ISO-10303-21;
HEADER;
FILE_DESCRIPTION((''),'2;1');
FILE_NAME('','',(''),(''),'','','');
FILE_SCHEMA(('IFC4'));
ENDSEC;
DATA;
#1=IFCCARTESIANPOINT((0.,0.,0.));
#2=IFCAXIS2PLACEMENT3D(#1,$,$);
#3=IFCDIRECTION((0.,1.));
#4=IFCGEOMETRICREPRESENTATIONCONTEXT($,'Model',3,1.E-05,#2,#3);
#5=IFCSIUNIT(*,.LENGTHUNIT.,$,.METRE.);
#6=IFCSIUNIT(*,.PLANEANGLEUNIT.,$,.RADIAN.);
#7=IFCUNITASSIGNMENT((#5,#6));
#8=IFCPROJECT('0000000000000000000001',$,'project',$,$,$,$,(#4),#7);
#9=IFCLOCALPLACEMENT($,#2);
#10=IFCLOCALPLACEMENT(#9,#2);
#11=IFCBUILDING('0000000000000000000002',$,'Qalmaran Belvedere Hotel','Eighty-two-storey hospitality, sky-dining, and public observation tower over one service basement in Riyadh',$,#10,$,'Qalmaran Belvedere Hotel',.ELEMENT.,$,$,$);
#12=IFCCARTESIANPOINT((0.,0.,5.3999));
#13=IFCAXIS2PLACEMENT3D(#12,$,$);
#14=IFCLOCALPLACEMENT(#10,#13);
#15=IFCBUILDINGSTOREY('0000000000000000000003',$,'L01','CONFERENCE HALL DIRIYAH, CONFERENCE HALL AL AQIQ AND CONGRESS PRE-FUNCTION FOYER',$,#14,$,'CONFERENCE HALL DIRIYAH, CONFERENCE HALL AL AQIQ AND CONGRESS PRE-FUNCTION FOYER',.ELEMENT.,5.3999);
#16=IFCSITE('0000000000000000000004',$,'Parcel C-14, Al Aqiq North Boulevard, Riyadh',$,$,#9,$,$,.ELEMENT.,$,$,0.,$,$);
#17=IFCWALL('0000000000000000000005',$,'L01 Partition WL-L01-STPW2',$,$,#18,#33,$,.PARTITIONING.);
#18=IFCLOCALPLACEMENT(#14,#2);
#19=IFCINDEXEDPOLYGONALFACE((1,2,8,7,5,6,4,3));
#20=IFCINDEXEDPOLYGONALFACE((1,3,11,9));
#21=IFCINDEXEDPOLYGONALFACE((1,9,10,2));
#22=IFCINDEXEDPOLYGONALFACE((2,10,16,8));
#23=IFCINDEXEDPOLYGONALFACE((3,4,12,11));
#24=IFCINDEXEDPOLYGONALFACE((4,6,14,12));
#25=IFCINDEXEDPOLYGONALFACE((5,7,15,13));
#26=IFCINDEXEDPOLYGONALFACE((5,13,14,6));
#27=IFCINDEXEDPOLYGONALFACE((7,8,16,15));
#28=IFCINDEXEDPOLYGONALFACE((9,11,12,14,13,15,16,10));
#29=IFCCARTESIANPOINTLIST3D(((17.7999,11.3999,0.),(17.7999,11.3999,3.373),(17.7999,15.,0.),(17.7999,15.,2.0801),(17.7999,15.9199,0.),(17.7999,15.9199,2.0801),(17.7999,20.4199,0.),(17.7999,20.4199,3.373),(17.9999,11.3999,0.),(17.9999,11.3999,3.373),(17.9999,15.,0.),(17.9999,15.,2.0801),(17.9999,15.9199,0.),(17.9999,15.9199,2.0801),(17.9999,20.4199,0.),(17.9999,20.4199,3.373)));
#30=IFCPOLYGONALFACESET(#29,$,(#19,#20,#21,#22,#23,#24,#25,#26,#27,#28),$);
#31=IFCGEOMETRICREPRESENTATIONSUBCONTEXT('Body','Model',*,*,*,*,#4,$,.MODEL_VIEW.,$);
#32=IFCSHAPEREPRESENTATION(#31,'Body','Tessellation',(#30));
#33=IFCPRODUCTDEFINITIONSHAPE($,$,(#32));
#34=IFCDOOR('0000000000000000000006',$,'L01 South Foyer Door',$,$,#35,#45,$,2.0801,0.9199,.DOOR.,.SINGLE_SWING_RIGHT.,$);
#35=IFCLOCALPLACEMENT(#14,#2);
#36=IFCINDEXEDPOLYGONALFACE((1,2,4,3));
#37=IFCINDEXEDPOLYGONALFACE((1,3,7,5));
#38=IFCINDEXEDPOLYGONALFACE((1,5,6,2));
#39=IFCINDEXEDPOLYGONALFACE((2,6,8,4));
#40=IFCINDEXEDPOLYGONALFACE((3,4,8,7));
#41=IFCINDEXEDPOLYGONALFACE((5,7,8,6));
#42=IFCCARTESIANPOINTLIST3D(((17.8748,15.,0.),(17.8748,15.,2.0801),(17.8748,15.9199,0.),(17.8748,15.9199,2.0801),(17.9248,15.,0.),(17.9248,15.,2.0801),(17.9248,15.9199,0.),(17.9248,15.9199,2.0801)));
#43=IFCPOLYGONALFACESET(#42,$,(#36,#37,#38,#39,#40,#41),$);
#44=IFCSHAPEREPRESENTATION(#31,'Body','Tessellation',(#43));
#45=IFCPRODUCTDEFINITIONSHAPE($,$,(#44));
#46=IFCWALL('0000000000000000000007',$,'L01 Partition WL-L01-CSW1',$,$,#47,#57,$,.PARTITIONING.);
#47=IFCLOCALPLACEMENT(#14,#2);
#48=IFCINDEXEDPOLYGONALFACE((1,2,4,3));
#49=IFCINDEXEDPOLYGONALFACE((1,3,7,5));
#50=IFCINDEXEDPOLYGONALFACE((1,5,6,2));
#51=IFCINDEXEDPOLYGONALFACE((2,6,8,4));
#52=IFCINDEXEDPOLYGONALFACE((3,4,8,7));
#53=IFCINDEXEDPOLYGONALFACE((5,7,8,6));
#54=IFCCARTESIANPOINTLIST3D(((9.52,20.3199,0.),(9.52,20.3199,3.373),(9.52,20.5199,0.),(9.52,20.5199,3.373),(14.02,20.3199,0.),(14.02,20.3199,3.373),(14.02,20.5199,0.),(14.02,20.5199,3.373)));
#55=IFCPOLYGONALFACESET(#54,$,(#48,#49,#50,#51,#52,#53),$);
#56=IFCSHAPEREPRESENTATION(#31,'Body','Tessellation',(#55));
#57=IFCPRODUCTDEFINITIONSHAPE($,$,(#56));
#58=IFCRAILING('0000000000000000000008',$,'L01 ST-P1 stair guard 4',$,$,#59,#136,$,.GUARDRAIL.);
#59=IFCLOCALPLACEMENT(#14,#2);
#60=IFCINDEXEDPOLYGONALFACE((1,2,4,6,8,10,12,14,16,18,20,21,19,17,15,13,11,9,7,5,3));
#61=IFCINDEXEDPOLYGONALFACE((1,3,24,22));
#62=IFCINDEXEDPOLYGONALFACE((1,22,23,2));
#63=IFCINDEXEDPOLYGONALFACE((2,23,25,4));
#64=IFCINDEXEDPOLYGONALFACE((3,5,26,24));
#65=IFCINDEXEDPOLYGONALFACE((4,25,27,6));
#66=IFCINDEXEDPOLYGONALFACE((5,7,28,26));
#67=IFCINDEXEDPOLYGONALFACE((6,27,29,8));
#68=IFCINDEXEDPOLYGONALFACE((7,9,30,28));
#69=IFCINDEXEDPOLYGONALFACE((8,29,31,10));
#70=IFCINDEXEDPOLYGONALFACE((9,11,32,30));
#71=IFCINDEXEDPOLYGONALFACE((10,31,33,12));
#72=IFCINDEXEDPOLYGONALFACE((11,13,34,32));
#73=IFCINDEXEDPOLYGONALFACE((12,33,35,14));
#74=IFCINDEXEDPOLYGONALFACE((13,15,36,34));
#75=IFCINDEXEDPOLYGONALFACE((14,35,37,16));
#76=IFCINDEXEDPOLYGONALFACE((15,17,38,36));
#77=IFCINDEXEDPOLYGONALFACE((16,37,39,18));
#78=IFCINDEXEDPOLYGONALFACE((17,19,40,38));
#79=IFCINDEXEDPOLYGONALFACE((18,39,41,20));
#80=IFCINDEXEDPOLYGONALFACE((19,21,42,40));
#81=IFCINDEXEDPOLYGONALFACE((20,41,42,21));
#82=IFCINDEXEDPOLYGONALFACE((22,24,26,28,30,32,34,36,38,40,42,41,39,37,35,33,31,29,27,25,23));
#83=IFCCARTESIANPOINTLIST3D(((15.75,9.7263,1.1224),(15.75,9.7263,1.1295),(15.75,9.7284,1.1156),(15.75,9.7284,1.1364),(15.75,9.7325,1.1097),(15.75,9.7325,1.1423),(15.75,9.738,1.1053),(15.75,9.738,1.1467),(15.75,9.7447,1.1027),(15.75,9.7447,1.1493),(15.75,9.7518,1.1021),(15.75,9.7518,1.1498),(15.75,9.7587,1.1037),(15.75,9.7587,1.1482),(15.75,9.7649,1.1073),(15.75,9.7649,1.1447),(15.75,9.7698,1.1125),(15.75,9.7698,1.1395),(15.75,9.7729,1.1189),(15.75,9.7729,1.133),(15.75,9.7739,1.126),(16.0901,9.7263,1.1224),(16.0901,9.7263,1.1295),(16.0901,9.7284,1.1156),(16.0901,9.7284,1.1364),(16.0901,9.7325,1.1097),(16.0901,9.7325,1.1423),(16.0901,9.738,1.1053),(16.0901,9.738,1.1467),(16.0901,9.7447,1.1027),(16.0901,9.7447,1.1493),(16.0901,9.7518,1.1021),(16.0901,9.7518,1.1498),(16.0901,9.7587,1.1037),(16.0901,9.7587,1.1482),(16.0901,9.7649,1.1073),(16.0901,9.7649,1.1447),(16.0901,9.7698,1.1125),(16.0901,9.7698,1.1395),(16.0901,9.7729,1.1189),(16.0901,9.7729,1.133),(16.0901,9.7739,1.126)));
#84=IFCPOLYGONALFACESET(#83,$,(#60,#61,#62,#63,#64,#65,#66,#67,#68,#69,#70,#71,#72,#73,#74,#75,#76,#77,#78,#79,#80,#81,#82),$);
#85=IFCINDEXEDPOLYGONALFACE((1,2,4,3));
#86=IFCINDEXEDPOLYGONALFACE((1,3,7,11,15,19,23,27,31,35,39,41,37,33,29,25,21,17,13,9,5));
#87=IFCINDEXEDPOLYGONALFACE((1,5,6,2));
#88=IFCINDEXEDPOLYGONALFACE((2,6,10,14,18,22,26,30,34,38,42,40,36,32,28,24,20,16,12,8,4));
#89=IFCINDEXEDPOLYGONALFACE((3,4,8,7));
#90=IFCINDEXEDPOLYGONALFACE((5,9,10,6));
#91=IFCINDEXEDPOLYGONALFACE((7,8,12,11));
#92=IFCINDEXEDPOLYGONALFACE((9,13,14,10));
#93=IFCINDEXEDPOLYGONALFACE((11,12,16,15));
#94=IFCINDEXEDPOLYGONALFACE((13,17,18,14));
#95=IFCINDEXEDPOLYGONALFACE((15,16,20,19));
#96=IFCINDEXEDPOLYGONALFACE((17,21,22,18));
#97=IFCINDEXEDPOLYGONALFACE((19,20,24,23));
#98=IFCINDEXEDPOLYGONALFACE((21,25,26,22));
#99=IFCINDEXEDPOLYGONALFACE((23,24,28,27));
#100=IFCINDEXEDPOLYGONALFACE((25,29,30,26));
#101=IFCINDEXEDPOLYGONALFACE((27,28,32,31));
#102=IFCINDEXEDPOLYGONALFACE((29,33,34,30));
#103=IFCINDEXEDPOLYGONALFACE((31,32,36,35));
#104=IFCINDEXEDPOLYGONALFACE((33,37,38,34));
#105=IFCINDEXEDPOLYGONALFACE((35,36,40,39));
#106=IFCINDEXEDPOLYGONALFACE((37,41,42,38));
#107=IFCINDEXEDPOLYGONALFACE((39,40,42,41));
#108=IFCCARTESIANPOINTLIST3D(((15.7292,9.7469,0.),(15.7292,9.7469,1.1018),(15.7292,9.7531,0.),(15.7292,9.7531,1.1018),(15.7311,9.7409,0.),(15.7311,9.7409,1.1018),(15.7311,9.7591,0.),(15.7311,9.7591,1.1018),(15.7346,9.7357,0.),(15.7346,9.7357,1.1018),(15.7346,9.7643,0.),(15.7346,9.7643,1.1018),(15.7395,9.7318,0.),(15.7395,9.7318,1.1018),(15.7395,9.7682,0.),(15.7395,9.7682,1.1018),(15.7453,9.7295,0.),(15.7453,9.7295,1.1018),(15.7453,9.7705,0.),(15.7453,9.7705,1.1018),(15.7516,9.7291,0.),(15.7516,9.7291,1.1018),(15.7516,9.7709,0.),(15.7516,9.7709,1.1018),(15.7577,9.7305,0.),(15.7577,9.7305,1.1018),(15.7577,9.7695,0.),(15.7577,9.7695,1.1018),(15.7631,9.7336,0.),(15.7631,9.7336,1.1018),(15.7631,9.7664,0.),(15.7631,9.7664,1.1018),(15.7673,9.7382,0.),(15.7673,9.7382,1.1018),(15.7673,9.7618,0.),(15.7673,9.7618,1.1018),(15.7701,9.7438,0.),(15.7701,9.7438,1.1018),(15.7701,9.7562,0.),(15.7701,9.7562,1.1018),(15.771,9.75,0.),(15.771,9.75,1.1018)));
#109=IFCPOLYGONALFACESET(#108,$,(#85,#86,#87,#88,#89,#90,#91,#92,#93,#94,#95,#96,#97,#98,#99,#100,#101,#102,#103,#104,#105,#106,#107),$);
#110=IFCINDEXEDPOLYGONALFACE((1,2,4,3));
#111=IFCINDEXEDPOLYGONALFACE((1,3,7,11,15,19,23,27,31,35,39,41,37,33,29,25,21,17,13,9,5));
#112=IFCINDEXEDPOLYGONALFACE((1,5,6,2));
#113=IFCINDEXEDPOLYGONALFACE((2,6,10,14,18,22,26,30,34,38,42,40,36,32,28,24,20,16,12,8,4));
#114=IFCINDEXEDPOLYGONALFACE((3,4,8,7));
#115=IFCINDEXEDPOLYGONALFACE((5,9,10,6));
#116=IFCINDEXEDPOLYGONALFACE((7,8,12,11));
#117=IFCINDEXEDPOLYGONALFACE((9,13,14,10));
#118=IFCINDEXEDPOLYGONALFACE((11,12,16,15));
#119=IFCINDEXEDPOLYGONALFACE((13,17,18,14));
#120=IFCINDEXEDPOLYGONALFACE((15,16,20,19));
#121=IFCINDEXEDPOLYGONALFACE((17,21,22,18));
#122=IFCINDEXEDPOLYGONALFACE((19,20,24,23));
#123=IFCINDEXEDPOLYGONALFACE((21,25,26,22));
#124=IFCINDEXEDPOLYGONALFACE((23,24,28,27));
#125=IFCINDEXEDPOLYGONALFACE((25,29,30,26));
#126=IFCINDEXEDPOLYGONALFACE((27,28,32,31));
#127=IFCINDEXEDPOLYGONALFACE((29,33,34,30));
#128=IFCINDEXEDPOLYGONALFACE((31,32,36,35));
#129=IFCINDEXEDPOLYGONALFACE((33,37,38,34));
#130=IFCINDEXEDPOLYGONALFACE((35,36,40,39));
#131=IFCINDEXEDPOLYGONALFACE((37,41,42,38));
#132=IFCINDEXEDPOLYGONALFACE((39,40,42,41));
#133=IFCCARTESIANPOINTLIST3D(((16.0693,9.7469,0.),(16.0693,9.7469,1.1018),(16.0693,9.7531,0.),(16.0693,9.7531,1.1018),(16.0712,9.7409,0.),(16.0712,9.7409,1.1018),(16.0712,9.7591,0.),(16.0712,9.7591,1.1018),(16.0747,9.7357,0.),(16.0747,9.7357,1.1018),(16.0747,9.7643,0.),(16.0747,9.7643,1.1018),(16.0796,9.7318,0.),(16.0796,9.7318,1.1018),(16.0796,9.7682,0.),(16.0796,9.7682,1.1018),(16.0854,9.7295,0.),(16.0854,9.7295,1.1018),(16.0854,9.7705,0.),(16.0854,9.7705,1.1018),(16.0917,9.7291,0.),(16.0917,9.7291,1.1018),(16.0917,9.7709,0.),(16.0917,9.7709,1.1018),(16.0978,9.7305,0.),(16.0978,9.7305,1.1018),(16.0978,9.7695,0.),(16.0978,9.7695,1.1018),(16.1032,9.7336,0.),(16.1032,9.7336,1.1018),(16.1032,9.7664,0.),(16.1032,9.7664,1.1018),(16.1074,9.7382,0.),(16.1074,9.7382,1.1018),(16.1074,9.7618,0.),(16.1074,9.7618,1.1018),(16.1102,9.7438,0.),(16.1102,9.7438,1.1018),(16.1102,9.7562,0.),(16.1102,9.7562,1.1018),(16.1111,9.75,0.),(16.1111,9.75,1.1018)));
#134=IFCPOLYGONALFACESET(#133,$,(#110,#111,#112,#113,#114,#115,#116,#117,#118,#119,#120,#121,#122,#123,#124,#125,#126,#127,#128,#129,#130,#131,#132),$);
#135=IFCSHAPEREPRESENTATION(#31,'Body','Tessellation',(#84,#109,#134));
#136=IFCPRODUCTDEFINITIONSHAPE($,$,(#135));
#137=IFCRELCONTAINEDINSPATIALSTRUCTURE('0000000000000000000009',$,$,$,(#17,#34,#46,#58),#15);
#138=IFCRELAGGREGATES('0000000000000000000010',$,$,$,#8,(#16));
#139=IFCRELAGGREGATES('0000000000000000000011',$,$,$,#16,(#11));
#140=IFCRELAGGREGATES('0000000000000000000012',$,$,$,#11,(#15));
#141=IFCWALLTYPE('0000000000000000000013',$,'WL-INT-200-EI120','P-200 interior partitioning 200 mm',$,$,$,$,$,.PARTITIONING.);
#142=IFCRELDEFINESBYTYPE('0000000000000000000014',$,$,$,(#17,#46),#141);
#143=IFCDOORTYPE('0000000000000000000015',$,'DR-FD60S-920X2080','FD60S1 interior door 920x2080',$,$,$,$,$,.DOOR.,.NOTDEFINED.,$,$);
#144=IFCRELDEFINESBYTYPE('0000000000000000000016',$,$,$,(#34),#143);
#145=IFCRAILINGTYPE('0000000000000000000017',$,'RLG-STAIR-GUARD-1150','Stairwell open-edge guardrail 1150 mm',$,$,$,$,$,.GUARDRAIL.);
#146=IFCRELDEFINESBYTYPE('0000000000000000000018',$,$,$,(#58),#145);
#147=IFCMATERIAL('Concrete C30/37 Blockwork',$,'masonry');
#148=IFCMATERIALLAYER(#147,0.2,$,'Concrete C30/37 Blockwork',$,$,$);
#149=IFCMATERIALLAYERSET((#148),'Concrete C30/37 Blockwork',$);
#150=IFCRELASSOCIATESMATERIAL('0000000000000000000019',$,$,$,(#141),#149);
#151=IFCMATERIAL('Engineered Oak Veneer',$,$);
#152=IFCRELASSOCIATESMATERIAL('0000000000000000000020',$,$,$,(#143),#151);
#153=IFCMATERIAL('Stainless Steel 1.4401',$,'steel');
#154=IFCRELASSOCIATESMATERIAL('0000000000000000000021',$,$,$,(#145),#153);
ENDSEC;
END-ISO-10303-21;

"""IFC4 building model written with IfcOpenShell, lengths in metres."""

from ifc_helpers import new_model, si_unit, direction, frame, frame_2d, origin, origin_2d, place, context, subcontext, project, spatial, rectangle, circle, extrude, material, layer, layer_set, type_object, element, fill, save


model = new_model("IFC4")

# Units and contexts
model_context = context("Model", 3, precision=1e-05, world=origin(), true_north=direction((0.0, 1.0)))
body_context = subcontext(model_context, "Body", "Model", "MODEL_VIEW")
ifc_project = project(units=[si_unit("LENGTHUNIT", "METRE"), si_unit("PLANEANGLEUNIT", "RADIAN")], contexts=[model_context])

# Site, building, storey
site_placement = place(None, origin())
site = spatial("IfcSite", under=ifc_project, at=site_placement, Name="Parcel C-14, Al Aqiq North Boulevard, Riyadh", CompositionType="ELEMENT", RefElevation=0.0)
building_placement = place(site_placement, origin())
building = spatial("IfcBuilding", under=site, at=building_placement, Name="Qalmaran Belvedere Hotel", Description="Eighty-two-storey hospitality, sky-dining, and public observation tower over one service basement in Riyadh", LongName="Qalmaran Belvedere Hotel", CompositionType="ELEMENT")
storey_placement = place(building_placement, frame((0.0, 0.0, 5.3999)))
storey = spatial("IfcBuildingStorey", under=building, at=storey_placement, Name="L01", Description="CONFERENCE HALL DIRIYAH, CONFERENCE HALL AL AQIQ AND CONGRESS PRE-FUNCTION FOYER", LongName="CONFERENCE HALL DIRIYAH, CONFERENCE HALL AL AQIQ AND CONGRESS PRE-FUNCTION FOYER", CompositionType="ELEMENT", Elevation=5.3999)

# Wall, opening, door
ifc_material_1 = material(Name="Concrete C30/37 Blockwork", Category="masonry")
ifc_layer_1 = layer(ifc_material_1, 0.2, Name="Concrete C30/37 Blockwork")
ifc_layer_set_1 = layer_set([ifc_layer_1], Name="Concrete C30/37 Blockwork")
wall_type_1 = type_object("IfcWallType", Name="WL-INT-200-EI120", Description="P-200 interior partitioning 200 mm", PredefinedType="PARTITIONING", material=ifc_layer_set_1)
wall_1_placement = place(storey_placement, frame((17.8999, 11.3999, 0.0), z_axis=(0.0, 0.0, 1.0), x_axis=(0.0, 1.0, 0.0)))
wall_1 = element("IfcWall", 1, at=wall_1_placement, inside=storey, type_object=wall_type_1, Name="L01 Partition WL-L01-STPW2", PredefinedType="PARTITIONING", context=body_context, shape_type="SweptSolid", body=[
    extrude(rectangle(XDim=9.02, YDim=0.2, at=frame_2d((4.51, 0.0))), origin(), (0.0, 0.0, 1.0), 3.373),
])
opening_1_placement = place(wall_1_placement, frame((4.52, 0.0, 0.0), z_axis=(0.0, 0.0, 1.0), x_axis=(-1.0, 0.0, 0.0)))
opening_1 = element("IfcOpeningElement", 2, at=opening_1_placement, cuts=wall_1, PredefinedType="OPENING", context=body_context, shape_type="SweptSolid", body=[
    extrude(rectangle(XDim=0.9199, YDim=2.0801, at=frame_2d((0.46, 1.04))), frame((0.0, 0.1099, 0.0), z_axis=(0.0, -1.0, 0.0), x_axis=(1.0, 0.0, 0.0)), (0.0, 0.0, 1.0), 0.22),
])
ifc_material_2 = material(Name="Engineered Oak Veneer")
door_type_1 = type_object("IfcDoorType", Name="DR-FD60S-920X2080", Description="FD60S1 interior door 920x2080", OperationType="NOTDEFINED", PredefinedType="DOOR", material=ifc_material_2)
door_1_placement = place(opening_1_placement, origin())
door_1 = element("IfcDoor", 3, at=door_1_placement, inside=storey, type_object=door_type_1, Name="L01 South Foyer Door", OperationType="SINGLE_SWING_RIGHT", OverallHeight=2.0801, OverallWidth=0.9199, PredefinedType="DOOR", context=body_context, shape_type="SweptSolid", body=[
    extrude(rectangle(XDim=0.9199, YDim=2.0801, at=frame_2d((0.46, 1.04))), frame((0.0, 0.0249, 0.0), z_axis=(0.0, -1.0, 0.0), x_axis=(1.0, 0.0, 0.0)), (0.0, 0.0, 1.0), 0.05),
])
fill(opening_1, door_1)

# Wall
wall_2_placement = place(storey_placement, frame((9.52, 20.4199, 0.0), z_axis=(0.0, 0.0, 1.0), x_axis=(1.0, 0.0, 0.0)))
element("IfcWall", 4, at=wall_2_placement, inside=storey, type_object=wall_type_1, Name="L01 Partition WL-L01-CSW1", PredefinedType="PARTITIONING", context=body_context, shape_type="SweptSolid", body=[
    extrude(rectangle(XDim=4.5, YDim=0.2, at=frame_2d((2.25, 0.0))), origin(), (0.0, 0.0, 1.0), 3.373),
])

# Railing
ifc_material_3 = material(Name="Stainless Steel 1.4401", Category="steel")
railing_type = type_object("IfcRailingType", Name="RLG-STAIR-GUARD-1150", Description="Stairwell open-edge guardrail 1150 mm", PredefinedType="GUARDRAIL", material=ifc_material_3)
railing_placement = place(storey_placement, frame((15.75, 9.75, 0.0)))
element("IfcRailing", 5, at=railing_placement, inside=storey, type_object=railing_type, Name="L01 ST-P1 stair guard 4", PredefinedType="GUARDRAIL", context=body_context, shape_type="SweptSolid", body=[
    extrude(circle(Radius=0.0239, at=origin_2d()), frame((0.0, 0.0, 1.126), z_axis=(1.0, 0.0, 0.0), x_axis=(0.0, 1.0, 0.0)), (0.0, 0.0, 1.0), 0.3401),
    extrude(circle(Radius=0.021, at=origin_2d()), origin(), (0.0, 0.0, 1.0), 1.1018),
    extrude(circle(Radius=0.021, at=origin_2d()), frame((0.3401, 0.0, 0.0)), (0.0, 0.0, 1.0), 1.1018),
])

save(model, "model.ifc")
